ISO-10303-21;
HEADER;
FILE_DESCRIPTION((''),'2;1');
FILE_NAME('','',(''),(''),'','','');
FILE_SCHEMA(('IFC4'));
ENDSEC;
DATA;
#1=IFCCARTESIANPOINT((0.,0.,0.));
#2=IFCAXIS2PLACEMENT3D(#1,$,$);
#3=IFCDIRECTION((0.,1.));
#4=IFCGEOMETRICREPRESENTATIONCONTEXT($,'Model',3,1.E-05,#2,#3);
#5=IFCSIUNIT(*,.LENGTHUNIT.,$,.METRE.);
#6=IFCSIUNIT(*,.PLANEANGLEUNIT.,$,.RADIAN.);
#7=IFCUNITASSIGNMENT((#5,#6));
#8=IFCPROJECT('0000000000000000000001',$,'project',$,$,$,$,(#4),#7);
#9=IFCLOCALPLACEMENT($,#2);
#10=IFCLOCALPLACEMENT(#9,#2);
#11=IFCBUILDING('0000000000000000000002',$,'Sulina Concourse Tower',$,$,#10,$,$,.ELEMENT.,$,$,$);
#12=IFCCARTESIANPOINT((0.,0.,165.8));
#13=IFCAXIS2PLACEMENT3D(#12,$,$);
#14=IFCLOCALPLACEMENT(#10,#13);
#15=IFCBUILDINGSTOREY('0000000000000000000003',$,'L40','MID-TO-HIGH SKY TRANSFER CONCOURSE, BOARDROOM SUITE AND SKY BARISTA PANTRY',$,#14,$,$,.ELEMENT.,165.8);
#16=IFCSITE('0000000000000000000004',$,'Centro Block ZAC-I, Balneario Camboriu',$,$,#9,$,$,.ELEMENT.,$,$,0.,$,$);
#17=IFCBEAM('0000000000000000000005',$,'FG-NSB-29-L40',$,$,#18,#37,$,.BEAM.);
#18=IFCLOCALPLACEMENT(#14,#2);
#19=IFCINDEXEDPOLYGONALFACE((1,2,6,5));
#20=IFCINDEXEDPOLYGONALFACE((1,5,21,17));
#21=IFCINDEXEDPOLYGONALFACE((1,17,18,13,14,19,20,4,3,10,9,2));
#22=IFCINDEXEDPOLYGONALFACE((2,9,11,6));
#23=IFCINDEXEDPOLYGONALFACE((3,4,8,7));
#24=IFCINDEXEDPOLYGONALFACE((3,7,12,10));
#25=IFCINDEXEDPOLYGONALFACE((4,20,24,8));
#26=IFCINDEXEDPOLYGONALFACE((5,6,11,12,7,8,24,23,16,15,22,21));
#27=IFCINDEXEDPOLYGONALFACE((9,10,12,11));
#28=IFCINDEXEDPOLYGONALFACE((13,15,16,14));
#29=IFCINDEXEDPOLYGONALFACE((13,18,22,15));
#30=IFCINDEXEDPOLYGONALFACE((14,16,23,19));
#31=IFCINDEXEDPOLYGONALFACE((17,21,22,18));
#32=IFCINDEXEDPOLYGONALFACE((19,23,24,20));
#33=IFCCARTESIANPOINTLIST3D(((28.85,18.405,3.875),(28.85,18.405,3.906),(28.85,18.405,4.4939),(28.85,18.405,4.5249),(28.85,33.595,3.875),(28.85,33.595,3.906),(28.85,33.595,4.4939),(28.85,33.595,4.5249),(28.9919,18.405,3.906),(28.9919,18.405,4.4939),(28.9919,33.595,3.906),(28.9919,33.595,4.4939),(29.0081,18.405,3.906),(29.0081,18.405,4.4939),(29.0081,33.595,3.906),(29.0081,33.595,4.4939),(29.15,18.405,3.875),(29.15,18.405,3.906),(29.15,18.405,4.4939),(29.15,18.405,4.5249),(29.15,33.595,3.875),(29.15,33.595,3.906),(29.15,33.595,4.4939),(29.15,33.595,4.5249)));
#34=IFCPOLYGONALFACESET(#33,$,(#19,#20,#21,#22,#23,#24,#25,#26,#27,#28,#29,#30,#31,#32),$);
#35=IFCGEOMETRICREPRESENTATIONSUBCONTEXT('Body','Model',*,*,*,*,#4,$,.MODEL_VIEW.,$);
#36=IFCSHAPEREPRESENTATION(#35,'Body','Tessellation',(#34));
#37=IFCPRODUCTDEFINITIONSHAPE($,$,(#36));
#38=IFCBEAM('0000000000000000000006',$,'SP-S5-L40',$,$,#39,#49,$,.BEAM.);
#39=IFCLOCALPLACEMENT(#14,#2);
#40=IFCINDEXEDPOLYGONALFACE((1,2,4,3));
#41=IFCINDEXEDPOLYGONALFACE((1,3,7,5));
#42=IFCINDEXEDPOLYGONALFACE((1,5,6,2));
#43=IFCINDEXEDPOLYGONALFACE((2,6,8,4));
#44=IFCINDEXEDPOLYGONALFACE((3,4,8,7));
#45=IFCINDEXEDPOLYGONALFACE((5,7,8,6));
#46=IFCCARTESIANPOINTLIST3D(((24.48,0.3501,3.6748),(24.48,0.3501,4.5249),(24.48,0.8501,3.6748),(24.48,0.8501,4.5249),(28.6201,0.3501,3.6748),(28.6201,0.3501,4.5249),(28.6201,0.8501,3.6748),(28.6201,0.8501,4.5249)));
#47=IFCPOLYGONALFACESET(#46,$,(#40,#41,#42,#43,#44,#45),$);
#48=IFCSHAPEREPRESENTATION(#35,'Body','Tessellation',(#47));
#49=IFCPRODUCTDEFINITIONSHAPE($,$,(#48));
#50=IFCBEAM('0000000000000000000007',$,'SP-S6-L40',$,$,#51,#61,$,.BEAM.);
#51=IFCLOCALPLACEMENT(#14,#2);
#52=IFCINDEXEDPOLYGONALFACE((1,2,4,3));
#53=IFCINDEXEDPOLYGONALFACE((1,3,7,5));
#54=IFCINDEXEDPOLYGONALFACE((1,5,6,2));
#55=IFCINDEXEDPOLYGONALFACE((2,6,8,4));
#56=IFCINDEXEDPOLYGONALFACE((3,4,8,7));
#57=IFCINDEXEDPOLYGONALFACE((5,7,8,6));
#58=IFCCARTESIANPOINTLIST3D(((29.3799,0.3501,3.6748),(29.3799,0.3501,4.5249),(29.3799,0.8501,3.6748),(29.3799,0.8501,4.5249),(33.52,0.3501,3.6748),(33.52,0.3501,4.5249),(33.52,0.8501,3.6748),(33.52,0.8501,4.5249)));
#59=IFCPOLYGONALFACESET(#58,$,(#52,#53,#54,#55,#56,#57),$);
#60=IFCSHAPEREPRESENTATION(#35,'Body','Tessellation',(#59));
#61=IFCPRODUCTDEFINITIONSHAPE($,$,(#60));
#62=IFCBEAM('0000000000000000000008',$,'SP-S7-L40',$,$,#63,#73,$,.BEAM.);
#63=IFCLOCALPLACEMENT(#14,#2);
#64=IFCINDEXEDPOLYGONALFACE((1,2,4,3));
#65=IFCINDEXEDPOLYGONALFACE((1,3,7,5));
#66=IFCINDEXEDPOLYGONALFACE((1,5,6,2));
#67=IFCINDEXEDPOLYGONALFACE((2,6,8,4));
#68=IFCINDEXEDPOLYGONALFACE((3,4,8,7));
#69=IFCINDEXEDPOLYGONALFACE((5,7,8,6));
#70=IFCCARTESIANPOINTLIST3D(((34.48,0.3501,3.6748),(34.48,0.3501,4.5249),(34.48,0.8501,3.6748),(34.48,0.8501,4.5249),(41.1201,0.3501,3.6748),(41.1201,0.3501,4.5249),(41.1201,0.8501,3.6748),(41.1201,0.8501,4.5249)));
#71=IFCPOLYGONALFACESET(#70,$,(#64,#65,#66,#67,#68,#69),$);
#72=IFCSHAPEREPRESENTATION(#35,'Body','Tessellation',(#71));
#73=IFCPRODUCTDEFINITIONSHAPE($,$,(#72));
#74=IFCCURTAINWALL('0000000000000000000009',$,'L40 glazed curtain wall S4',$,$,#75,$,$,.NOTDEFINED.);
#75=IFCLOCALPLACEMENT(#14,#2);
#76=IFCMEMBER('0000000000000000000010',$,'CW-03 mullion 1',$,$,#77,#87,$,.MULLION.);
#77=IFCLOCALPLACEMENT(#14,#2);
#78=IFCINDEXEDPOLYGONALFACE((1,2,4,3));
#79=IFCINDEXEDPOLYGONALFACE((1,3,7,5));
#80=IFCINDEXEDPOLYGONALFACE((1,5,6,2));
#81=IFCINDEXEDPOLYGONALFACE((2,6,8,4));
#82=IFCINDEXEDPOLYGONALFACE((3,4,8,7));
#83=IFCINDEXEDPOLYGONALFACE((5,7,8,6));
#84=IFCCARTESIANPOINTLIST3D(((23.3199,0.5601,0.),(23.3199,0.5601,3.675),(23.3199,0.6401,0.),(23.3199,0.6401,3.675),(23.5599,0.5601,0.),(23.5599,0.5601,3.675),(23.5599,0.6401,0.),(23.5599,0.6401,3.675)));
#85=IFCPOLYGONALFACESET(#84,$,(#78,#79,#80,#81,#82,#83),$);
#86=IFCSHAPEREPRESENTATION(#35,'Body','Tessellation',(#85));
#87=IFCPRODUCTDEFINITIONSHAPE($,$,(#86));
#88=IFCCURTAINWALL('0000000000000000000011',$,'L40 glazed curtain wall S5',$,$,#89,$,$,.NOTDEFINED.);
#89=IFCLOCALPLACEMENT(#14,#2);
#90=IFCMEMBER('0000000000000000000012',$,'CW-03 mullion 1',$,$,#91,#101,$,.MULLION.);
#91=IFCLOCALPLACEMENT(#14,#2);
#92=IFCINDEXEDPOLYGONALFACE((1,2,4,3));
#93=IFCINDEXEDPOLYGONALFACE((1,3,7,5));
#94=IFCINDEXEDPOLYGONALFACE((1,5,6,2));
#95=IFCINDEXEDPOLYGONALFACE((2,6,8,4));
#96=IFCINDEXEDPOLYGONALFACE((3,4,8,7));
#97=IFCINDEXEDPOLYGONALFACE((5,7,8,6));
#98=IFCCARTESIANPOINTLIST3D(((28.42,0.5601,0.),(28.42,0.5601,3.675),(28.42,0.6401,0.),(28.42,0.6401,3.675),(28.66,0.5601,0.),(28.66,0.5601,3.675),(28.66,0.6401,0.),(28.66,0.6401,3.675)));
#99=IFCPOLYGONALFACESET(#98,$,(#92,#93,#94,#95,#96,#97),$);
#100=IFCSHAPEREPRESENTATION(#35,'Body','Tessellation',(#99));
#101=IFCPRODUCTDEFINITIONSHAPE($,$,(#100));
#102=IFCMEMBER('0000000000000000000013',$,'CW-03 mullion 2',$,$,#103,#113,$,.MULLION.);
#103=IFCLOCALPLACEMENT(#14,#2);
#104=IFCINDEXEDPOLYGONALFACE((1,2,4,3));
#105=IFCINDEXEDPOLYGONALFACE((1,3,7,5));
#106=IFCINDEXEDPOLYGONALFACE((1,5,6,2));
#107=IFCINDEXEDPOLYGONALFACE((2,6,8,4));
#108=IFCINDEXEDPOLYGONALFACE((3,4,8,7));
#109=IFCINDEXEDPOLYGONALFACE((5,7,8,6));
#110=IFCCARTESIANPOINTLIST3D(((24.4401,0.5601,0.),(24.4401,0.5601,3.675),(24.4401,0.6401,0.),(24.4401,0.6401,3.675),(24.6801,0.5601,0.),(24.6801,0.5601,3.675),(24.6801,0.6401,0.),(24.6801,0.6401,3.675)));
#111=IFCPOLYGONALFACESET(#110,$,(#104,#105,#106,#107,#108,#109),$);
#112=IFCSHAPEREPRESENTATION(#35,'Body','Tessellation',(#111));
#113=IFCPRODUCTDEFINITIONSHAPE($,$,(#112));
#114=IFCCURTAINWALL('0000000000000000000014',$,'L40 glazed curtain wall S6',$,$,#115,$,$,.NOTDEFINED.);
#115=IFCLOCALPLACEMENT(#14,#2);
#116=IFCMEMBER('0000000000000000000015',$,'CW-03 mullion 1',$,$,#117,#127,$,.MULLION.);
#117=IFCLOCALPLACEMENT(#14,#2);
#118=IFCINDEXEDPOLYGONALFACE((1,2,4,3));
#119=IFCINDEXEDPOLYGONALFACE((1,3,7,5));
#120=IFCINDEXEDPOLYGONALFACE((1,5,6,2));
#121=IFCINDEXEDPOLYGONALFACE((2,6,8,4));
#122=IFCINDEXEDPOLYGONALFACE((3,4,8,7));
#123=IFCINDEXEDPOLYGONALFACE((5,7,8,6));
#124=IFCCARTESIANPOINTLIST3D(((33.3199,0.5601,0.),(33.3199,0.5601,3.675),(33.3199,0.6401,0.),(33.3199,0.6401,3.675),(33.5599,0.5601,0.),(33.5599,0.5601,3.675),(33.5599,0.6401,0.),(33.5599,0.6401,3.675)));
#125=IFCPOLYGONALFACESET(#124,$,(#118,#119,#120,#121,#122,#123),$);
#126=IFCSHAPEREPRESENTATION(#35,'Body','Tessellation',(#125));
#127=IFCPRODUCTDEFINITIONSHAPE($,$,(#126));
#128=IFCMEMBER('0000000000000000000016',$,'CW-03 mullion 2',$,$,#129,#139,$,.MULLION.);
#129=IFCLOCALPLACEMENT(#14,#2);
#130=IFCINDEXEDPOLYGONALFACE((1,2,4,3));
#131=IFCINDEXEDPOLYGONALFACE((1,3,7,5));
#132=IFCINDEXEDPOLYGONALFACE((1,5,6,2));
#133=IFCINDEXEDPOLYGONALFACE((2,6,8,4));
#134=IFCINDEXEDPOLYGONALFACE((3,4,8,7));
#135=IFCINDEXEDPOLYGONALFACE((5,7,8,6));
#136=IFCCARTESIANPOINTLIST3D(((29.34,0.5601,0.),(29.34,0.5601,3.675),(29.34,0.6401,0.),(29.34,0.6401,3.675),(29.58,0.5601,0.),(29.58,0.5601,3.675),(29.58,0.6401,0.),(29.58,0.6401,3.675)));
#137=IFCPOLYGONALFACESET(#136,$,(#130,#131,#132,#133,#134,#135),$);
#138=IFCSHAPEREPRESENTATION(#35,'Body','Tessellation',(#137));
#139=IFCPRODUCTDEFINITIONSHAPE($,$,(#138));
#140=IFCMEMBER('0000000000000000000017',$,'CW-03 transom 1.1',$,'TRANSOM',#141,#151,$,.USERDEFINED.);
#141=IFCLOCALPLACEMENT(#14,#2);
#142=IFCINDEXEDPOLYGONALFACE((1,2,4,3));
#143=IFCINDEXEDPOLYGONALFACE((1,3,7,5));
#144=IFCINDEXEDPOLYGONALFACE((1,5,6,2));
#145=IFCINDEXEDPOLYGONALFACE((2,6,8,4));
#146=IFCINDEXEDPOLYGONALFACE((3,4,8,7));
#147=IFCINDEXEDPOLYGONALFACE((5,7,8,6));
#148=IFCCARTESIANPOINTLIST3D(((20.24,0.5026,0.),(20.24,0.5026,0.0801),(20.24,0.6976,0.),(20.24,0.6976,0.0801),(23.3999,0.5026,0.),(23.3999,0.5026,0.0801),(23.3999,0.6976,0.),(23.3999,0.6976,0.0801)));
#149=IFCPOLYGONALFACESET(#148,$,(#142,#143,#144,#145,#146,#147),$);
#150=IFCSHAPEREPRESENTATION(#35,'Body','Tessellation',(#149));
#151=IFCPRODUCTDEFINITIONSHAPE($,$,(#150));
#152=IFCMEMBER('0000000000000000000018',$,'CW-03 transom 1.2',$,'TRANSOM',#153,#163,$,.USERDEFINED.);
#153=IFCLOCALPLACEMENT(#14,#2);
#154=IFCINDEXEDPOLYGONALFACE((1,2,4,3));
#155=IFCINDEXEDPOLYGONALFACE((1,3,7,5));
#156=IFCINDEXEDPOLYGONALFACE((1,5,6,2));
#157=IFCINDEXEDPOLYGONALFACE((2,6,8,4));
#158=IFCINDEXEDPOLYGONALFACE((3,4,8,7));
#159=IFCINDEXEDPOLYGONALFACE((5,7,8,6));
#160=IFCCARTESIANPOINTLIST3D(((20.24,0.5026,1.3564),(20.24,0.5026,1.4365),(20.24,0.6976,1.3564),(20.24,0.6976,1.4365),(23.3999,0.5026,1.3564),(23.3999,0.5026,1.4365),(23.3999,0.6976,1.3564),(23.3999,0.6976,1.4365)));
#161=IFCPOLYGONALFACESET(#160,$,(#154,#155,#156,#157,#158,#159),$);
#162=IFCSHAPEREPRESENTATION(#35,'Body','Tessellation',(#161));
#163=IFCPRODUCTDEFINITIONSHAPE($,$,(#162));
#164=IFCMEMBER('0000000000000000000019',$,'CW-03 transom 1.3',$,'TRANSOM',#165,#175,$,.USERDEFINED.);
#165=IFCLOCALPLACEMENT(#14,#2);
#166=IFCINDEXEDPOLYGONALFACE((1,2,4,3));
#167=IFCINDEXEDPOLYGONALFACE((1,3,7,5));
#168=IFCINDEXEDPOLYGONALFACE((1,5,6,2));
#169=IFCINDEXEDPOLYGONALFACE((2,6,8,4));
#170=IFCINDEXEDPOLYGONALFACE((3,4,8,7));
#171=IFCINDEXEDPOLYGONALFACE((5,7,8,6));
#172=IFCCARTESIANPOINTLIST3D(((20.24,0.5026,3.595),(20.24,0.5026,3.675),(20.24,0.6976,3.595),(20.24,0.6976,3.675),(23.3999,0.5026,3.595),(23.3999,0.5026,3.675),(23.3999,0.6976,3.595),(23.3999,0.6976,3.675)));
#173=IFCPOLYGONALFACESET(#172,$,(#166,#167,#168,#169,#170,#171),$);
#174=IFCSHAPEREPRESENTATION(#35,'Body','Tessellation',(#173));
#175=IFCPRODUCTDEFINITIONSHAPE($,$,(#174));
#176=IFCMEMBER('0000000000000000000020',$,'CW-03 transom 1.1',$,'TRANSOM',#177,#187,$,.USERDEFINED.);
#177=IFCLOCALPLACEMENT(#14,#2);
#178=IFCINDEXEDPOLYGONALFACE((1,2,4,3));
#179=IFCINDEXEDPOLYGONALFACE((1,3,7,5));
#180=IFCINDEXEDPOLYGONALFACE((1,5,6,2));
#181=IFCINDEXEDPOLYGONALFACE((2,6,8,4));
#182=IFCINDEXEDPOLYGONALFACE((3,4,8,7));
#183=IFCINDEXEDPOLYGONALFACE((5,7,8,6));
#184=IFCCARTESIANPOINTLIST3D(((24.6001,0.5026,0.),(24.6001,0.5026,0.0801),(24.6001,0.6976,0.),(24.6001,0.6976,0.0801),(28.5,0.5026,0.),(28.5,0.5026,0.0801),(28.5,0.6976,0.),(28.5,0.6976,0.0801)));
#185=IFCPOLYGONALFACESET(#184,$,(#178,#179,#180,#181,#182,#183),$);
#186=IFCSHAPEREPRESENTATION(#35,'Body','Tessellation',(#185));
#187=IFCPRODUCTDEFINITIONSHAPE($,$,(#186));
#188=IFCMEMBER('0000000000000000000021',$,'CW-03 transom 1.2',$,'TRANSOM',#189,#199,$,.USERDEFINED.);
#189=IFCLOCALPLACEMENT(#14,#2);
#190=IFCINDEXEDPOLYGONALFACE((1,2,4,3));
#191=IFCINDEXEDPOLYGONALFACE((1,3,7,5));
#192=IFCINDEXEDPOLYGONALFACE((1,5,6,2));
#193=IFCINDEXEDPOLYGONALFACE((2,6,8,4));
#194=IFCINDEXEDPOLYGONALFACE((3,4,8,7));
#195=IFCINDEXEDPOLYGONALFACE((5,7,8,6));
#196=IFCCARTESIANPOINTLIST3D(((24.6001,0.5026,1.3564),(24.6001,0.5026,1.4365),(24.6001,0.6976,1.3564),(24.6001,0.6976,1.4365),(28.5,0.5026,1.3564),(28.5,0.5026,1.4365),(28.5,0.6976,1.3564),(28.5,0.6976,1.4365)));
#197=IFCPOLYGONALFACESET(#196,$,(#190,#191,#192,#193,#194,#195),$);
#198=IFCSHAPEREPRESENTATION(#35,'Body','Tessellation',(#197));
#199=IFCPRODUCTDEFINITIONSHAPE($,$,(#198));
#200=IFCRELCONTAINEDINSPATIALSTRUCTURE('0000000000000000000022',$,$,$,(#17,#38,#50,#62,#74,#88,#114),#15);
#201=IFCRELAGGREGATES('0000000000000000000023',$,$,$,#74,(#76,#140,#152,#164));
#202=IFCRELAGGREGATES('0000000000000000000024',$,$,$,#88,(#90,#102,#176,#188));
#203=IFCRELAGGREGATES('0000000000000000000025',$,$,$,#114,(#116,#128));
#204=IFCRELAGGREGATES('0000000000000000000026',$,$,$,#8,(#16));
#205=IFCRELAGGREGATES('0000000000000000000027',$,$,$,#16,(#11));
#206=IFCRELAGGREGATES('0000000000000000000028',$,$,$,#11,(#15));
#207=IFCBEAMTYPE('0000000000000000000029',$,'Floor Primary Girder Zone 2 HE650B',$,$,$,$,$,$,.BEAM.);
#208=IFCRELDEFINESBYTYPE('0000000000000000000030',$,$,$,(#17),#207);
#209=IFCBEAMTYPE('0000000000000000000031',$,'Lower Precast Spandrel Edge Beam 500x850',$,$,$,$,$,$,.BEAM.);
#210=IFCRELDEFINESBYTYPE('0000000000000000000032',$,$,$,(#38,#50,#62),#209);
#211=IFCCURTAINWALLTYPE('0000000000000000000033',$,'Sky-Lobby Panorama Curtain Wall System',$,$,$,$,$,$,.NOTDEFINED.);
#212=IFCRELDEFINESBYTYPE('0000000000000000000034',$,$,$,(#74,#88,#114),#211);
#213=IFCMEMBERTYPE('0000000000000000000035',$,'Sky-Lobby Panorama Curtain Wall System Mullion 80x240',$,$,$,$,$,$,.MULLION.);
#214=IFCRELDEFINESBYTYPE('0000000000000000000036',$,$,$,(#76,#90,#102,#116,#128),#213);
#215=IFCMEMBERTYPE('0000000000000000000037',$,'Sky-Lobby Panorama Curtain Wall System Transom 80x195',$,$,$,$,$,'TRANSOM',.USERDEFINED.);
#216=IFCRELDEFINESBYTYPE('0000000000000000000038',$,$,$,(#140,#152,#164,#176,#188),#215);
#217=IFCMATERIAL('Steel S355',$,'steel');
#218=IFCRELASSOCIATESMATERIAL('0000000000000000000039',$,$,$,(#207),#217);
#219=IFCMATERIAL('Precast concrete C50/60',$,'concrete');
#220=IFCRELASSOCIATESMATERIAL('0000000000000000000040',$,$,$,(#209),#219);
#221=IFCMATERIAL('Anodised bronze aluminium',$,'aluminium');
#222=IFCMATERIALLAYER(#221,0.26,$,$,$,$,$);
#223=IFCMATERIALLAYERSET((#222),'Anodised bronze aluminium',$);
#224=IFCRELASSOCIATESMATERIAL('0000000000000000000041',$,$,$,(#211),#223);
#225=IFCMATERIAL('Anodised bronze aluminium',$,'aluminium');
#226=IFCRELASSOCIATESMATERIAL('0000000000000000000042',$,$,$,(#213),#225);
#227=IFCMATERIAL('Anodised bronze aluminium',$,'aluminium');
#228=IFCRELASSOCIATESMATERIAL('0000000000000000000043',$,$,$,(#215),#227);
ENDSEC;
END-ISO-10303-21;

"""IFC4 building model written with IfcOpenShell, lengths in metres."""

from ifc_helpers import new_model, si_unit, direction, frame, origin, origin_2d, place, context, subcontext, project, spatial, rectangle, i_section, extrude, material, layer, layer_set, material_profile, profile_set, type_object, element, aggregate, save


model = new_model("IFC4")

# Units and contexts
model_context = context("Model", 3, precision=1e-05, world=origin(), true_north=direction((0.0, 1.0)))
body_context = subcontext(model_context, "Body", "Model", "MODEL_VIEW")
ifc_project = project(units=[si_unit("LENGTHUNIT", "METRE"), si_unit("PLANEANGLEUNIT", "RADIAN")], contexts=[model_context])

# Site, building, storey
site_placement = place(None, origin())
site = spatial("IfcSite", under=ifc_project, at=site_placement, Name="Centro Block ZAC-I, Balneario Camboriu", CompositionType="ELEMENT", RefElevation=0.0)
building_placement = place(site_placement, origin())
building = spatial("IfcBuilding", under=site, at=building_placement, Name="Sulina Concourse Tower", CompositionType="ELEMENT")
storey_placement = place(building_placement, frame((0.0, 0.0, 165.8)))
storey = spatial("IfcBuildingStorey", under=building, at=storey_placement, Name="L40", Description="MID-TO-HIGH SKY TRANSFER CONCOURSE, BOARDROOM SUITE AND SKY BARISTA PANTRY", CompositionType="ELEMENT", Elevation=165.8)

# Beams
ifc_material_1 = material(Name="Steel S355", Category="steel")
ifc_material_profile_1 = material_profile(ifc_material_1, i_section(OverallWidth=0.3, OverallDepth=0.6499, WebThickness=0.0161, FlangeThickness=0.031, at=origin_2d()), Name="HE 650 B")
ifc_profile_set_1 = profile_set([ifc_material_profile_1], Name="Steel S355")
beam_type_1 = type_object("IfcBeamType", Name="Floor Primary Girder Zone 2 HE650B", PredefinedType="BEAM", material=ifc_profile_set_1)
beam_1_placement = place(storey_placement, frame((29.0, 18.405, 4.2), z_axis=(0.0, 1.0, 0.0), x_axis=(-1.0, 0.0, 0.0)))
element("IfcBeam", 1, at=beam_1_placement, inside=storey, type_object=beam_type_1, Name="FG-NSB-29-L40", PredefinedType="BEAM", context=body_context, shape_type="SweptSolid", body=[
    extrude(i_section(OverallWidth=0.3, OverallDepth=0.6499, WebThickness=0.0161, FlangeThickness=0.031, at=origin_2d()), origin(), (0.0, 0.0, 1.0), 15.1899),
])
ifc_material_2 = material(Name="Precast concrete C50/60", Category="concrete")
ifc_material_profile_2 = material_profile(ifc_material_2, rectangle(XDim=0.5, YDim=0.8501, at=origin_2d()), Name="RC 500x850")
ifc_profile_set_2 = profile_set([ifc_material_profile_2], Name="Precast concrete C50/60")
beam_type_2 = type_object("IfcBeamType", Name="Lower Precast Spandrel Edge Beam 500x850", PredefinedType="BEAM", material=ifc_profile_set_2)
for number, where, z_axis, x_axis, name in (
    (2, (24.48, 0.6001, 4.0999), (1.0, 0.0, 0.0), (0.0, 1.0, 0.0), "SP-S5-L40"),
    (3, (29.3799, 0.6001, 4.0999), (1.0, 0.0, 0.0), (0.0, 1.0, 0.0), "SP-S6-L40"),
):
    element("IfcBeam", number, at=place(storey_placement, frame(where, z_axis=z_axis, x_axis=x_axis)), inside=storey, type_object=beam_type_2, Name=name, PredefinedType="BEAM", context=body_context, shape_type="SweptSolid", body=[
        extrude(rectangle(XDim=0.5, YDim=0.8501, at=origin_2d()), origin(), (0.0, 0.0, 1.0), 4.1401),
    ])
beam_2_placement = place(storey_placement, frame((34.48, 0.6001, 4.0999), z_axis=(1.0, 0.0, 0.0), x_axis=(0.0, 1.0, 0.0)))
element("IfcBeam", 4, at=beam_2_placement, inside=storey, type_object=beam_type_2, Name="SP-S7-L40", PredefinedType="BEAM", context=body_context, shape_type="SweptSolid", body=[
    extrude(rectangle(XDim=0.5, YDim=0.8501, at=origin_2d()), origin(), (0.0, 0.0, 1.0), 6.6401),
])

# Curtain wall, member
ifc_material_3 = material(Name="Anodised bronze aluminium", Category="aluminium")
ifc_layer_1 = layer(ifc_material_3, 0.26)
ifc_layer_set_1 = layer_set([ifc_layer_1], Name="Anodised bronze aluminium")
curtain_wall_type = type_object("IfcCurtainWallType", Name="Sky-Lobby Panorama Curtain Wall System", PredefinedType="NOTDEFINED", material=ifc_layer_set_1)
curtain_wall_1_placement = place(storey_placement, origin())
curtain_wall_1 = element("IfcCurtainWall", 5, at=curtain_wall_1_placement, inside=storey, type_object=curtain_wall_type, Name="L40 glazed curtain wall S4", PredefinedType="NOTDEFINED")
ifc_material_4 = material(Name="Anodised bronze aluminium", Category="aluminium")
ifc_material_profile_3 = material_profile(ifc_material_4, rectangle(XDim=0.0801, YDim=0.24, at=origin_2d()), Name="MUL 80x240")
ifc_profile_set_3 = profile_set([ifc_material_profile_3], Name="Anodised bronze aluminium")
member_type_1 = type_object("IfcMemberType", Name="Sky-Lobby Panorama Curtain Wall System Mullion 80x240", PredefinedType="MULLION", material=ifc_profile_set_3)
member_1_placement = place(storey_placement, frame((23.4399, 0.6001, 0.0), z_axis=(0.0, 0.0, 1.0), x_axis=(0.0, -1.0, 0.0)))
member_1 = element("IfcMember", 6, at=member_1_placement, type_object=member_type_1, Name="CW-03 mullion 1", PredefinedType="MULLION", context=body_context, shape_type="SweptSolid", body=[
    extrude(rectangle(XDim=0.0801, YDim=0.24, at=origin_2d()), origin(), (0.0, 0.0, 1.0), 3.675),
])

# Curtain walls, members
curtain_wall_2_placement = place(storey_placement, origin())
curtain_wall_2 = element("IfcCurtainWall", 7, at=curtain_wall_2_placement, inside=storey, type_object=curtain_wall_type, Name="L40 glazed curtain wall S5", PredefinedType="NOTDEFINED")
member_2_placement = place(storey_placement, frame((28.54, 0.6001, 0.0), z_axis=(0.0, 0.0, 1.0), x_axis=(0.0, -1.0, 0.0)))
member_2 = element("IfcMember", 8, at=member_2_placement, type_object=member_type_1, Name="CW-03 mullion 1", PredefinedType="MULLION", context=body_context, shape_type="SweptSolid", body=[
    extrude(rectangle(XDim=0.0801, YDim=0.24, at=origin_2d()), origin(), (0.0, 0.0, 1.0), 3.675),
])
member_3_placement = place(storey_placement, frame((24.5601, 0.6001, 0.0), z_axis=(0.0, 0.0, 1.0), x_axis=(0.0, -1.0, 0.0)))
member_3 = element("IfcMember", 9, at=member_3_placement, type_object=member_type_1, Name="CW-03 mullion 2", PredefinedType="MULLION", context=body_context, shape_type="SweptSolid", body=[
    extrude(rectangle(XDim=0.0801, YDim=0.24, at=origin_2d()), origin(), (0.0, 0.0, 1.0), 3.675),
])
curtain_wall_3_placement = place(storey_placement, origin())
curtain_wall_3 = element("IfcCurtainWall", 10, at=curtain_wall_3_placement, inside=storey, type_object=curtain_wall_type, Name="L40 glazed curtain wall S6", PredefinedType="NOTDEFINED")
member_4_placement = place(storey_placement, frame((33.4399, 0.6001, 0.0), z_axis=(0.0, 0.0, 1.0), x_axis=(0.0, -1.0, 0.0)))
member_4 = element("IfcMember", 11, at=member_4_placement, type_object=member_type_1, Name="CW-03 mullion 1", PredefinedType="MULLION", context=body_context, shape_type="SweptSolid", body=[
    extrude(rectangle(XDim=0.0801, YDim=0.24, at=origin_2d()), origin(), (0.0, 0.0, 1.0), 3.675),
])
member_5_placement = place(storey_placement, frame((29.46, 0.6001, 0.0), z_axis=(0.0, 0.0, 1.0), x_axis=(0.0, -1.0, 0.0)))
member_5 = element("IfcMember", 12, at=member_5_placement, type_object=member_type_1, Name="CW-03 mullion 2", PredefinedType="MULLION", context=body_context, shape_type="SweptSolid", body=[
    extrude(rectangle(XDim=0.0801, YDim=0.24, at=origin_2d()), origin(), (0.0, 0.0, 1.0), 3.675),
])

# Members
ifc_material_5 = material(Name="Anodised bronze aluminium", Category="aluminium")
ifc_material_profile_4 = material_profile(ifc_material_5, rectangle(XDim=0.1951, YDim=0.0801, at=origin_2d()), Name="TRN 80x195")
ifc_profile_set_4 = profile_set([ifc_material_profile_4], Name="Anodised bronze aluminium")
member_type_2 = type_object("IfcMemberType", Name="Sky-Lobby Panorama Curtain Wall System Transom 80x195", ElementType="TRANSOM", PredefinedType="USERDEFINED", material=ifc_profile_set_4)
member_6_placement = place(storey_placement, frame((23.3999, 0.6001, 0.04), z_axis=(-1.0, 0.0, 0.0), x_axis=(0.0, -1.0, 0.0)))
member_6 = element("IfcMember", 13, at=member_6_placement, type_object=member_type_2, Name="CW-03 transom 1.1", ObjectType="TRANSOM", PredefinedType="USERDEFINED", context=body_context, shape_type="SweptSolid", body=[
    extrude(rectangle(XDim=0.1951, YDim=0.0801, at=origin_2d()), origin(), (0.0, 0.0, 1.0), 3.1599),
])
member_7_placement = place(storey_placement, frame((23.3999, 0.6001, 1.3965), z_axis=(-1.0, 0.0, 0.0), x_axis=(0.0, -1.0, 0.0)))
member_7 = element("IfcMember", 14, at=member_7_placement, type_object=member_type_2, Name="CW-03 transom 1.2", ObjectType="TRANSOM", PredefinedType="USERDEFINED", context=body_context, shape_type="SweptSolid", body=[
    extrude(rectangle(XDim=0.1951, YDim=0.0801, at=origin_2d()), origin(), (0.0, 0.0, 1.0), 3.1599),
])
member_8_placement = place(storey_placement, frame((23.3999, 0.6001, 3.635), z_axis=(-1.0, 0.0, 0.0), x_axis=(0.0, -1.0, 0.0)))
member_8 = element("IfcMember", 15, at=member_8_placement, type_object=member_type_2, Name="CW-03 transom 1.3", ObjectType="TRANSOM", PredefinedType="USERDEFINED", context=body_context, shape_type="SweptSolid", body=[
    extrude(rectangle(XDim=0.1951, YDim=0.0801, at=origin_2d()), origin(), (0.0, 0.0, 1.0), 3.1599),
])
member_9_placement = place(storey_placement, frame((28.5, 0.6001, 0.04), z_axis=(-1.0, 0.0, 0.0), x_axis=(0.0, -1.0, 0.0)))
member_9 = element("IfcMember", 16, at=member_9_placement, type_object=member_type_2, Name="CW-03 transom 1.1", ObjectType="TRANSOM", PredefinedType="USERDEFINED", context=body_context, shape_type="SweptSolid", body=[
    extrude(rectangle(XDim=0.1951, YDim=0.0801, at=origin_2d()), origin(), (0.0, 0.0, 1.0), 3.8999),
])
member_10_placement = place(storey_placement, frame((28.5, 0.6001, 1.3965), z_axis=(-1.0, 0.0, 0.0), x_axis=(0.0, -1.0, 0.0)))
member_10 = element("IfcMember", 17, at=member_10_placement, type_object=member_type_2, Name="CW-03 transom 1.2", ObjectType="TRANSOM", PredefinedType="USERDEFINED", context=body_context, shape_type="SweptSolid", body=[
    extrude(rectangle(XDim=0.1951, YDim=0.0801, at=origin_2d()), origin(), (0.0, 0.0, 1.0), 3.8999),
])

aggregate(curtain_wall_1, [member_1, member_6, member_7, member_8])
aggregate(curtain_wall_2, [member_2, member_3, member_9, member_10])
aggregate(curtain_wall_3, [member_4, member_5])

save(model, "model.ifc")
